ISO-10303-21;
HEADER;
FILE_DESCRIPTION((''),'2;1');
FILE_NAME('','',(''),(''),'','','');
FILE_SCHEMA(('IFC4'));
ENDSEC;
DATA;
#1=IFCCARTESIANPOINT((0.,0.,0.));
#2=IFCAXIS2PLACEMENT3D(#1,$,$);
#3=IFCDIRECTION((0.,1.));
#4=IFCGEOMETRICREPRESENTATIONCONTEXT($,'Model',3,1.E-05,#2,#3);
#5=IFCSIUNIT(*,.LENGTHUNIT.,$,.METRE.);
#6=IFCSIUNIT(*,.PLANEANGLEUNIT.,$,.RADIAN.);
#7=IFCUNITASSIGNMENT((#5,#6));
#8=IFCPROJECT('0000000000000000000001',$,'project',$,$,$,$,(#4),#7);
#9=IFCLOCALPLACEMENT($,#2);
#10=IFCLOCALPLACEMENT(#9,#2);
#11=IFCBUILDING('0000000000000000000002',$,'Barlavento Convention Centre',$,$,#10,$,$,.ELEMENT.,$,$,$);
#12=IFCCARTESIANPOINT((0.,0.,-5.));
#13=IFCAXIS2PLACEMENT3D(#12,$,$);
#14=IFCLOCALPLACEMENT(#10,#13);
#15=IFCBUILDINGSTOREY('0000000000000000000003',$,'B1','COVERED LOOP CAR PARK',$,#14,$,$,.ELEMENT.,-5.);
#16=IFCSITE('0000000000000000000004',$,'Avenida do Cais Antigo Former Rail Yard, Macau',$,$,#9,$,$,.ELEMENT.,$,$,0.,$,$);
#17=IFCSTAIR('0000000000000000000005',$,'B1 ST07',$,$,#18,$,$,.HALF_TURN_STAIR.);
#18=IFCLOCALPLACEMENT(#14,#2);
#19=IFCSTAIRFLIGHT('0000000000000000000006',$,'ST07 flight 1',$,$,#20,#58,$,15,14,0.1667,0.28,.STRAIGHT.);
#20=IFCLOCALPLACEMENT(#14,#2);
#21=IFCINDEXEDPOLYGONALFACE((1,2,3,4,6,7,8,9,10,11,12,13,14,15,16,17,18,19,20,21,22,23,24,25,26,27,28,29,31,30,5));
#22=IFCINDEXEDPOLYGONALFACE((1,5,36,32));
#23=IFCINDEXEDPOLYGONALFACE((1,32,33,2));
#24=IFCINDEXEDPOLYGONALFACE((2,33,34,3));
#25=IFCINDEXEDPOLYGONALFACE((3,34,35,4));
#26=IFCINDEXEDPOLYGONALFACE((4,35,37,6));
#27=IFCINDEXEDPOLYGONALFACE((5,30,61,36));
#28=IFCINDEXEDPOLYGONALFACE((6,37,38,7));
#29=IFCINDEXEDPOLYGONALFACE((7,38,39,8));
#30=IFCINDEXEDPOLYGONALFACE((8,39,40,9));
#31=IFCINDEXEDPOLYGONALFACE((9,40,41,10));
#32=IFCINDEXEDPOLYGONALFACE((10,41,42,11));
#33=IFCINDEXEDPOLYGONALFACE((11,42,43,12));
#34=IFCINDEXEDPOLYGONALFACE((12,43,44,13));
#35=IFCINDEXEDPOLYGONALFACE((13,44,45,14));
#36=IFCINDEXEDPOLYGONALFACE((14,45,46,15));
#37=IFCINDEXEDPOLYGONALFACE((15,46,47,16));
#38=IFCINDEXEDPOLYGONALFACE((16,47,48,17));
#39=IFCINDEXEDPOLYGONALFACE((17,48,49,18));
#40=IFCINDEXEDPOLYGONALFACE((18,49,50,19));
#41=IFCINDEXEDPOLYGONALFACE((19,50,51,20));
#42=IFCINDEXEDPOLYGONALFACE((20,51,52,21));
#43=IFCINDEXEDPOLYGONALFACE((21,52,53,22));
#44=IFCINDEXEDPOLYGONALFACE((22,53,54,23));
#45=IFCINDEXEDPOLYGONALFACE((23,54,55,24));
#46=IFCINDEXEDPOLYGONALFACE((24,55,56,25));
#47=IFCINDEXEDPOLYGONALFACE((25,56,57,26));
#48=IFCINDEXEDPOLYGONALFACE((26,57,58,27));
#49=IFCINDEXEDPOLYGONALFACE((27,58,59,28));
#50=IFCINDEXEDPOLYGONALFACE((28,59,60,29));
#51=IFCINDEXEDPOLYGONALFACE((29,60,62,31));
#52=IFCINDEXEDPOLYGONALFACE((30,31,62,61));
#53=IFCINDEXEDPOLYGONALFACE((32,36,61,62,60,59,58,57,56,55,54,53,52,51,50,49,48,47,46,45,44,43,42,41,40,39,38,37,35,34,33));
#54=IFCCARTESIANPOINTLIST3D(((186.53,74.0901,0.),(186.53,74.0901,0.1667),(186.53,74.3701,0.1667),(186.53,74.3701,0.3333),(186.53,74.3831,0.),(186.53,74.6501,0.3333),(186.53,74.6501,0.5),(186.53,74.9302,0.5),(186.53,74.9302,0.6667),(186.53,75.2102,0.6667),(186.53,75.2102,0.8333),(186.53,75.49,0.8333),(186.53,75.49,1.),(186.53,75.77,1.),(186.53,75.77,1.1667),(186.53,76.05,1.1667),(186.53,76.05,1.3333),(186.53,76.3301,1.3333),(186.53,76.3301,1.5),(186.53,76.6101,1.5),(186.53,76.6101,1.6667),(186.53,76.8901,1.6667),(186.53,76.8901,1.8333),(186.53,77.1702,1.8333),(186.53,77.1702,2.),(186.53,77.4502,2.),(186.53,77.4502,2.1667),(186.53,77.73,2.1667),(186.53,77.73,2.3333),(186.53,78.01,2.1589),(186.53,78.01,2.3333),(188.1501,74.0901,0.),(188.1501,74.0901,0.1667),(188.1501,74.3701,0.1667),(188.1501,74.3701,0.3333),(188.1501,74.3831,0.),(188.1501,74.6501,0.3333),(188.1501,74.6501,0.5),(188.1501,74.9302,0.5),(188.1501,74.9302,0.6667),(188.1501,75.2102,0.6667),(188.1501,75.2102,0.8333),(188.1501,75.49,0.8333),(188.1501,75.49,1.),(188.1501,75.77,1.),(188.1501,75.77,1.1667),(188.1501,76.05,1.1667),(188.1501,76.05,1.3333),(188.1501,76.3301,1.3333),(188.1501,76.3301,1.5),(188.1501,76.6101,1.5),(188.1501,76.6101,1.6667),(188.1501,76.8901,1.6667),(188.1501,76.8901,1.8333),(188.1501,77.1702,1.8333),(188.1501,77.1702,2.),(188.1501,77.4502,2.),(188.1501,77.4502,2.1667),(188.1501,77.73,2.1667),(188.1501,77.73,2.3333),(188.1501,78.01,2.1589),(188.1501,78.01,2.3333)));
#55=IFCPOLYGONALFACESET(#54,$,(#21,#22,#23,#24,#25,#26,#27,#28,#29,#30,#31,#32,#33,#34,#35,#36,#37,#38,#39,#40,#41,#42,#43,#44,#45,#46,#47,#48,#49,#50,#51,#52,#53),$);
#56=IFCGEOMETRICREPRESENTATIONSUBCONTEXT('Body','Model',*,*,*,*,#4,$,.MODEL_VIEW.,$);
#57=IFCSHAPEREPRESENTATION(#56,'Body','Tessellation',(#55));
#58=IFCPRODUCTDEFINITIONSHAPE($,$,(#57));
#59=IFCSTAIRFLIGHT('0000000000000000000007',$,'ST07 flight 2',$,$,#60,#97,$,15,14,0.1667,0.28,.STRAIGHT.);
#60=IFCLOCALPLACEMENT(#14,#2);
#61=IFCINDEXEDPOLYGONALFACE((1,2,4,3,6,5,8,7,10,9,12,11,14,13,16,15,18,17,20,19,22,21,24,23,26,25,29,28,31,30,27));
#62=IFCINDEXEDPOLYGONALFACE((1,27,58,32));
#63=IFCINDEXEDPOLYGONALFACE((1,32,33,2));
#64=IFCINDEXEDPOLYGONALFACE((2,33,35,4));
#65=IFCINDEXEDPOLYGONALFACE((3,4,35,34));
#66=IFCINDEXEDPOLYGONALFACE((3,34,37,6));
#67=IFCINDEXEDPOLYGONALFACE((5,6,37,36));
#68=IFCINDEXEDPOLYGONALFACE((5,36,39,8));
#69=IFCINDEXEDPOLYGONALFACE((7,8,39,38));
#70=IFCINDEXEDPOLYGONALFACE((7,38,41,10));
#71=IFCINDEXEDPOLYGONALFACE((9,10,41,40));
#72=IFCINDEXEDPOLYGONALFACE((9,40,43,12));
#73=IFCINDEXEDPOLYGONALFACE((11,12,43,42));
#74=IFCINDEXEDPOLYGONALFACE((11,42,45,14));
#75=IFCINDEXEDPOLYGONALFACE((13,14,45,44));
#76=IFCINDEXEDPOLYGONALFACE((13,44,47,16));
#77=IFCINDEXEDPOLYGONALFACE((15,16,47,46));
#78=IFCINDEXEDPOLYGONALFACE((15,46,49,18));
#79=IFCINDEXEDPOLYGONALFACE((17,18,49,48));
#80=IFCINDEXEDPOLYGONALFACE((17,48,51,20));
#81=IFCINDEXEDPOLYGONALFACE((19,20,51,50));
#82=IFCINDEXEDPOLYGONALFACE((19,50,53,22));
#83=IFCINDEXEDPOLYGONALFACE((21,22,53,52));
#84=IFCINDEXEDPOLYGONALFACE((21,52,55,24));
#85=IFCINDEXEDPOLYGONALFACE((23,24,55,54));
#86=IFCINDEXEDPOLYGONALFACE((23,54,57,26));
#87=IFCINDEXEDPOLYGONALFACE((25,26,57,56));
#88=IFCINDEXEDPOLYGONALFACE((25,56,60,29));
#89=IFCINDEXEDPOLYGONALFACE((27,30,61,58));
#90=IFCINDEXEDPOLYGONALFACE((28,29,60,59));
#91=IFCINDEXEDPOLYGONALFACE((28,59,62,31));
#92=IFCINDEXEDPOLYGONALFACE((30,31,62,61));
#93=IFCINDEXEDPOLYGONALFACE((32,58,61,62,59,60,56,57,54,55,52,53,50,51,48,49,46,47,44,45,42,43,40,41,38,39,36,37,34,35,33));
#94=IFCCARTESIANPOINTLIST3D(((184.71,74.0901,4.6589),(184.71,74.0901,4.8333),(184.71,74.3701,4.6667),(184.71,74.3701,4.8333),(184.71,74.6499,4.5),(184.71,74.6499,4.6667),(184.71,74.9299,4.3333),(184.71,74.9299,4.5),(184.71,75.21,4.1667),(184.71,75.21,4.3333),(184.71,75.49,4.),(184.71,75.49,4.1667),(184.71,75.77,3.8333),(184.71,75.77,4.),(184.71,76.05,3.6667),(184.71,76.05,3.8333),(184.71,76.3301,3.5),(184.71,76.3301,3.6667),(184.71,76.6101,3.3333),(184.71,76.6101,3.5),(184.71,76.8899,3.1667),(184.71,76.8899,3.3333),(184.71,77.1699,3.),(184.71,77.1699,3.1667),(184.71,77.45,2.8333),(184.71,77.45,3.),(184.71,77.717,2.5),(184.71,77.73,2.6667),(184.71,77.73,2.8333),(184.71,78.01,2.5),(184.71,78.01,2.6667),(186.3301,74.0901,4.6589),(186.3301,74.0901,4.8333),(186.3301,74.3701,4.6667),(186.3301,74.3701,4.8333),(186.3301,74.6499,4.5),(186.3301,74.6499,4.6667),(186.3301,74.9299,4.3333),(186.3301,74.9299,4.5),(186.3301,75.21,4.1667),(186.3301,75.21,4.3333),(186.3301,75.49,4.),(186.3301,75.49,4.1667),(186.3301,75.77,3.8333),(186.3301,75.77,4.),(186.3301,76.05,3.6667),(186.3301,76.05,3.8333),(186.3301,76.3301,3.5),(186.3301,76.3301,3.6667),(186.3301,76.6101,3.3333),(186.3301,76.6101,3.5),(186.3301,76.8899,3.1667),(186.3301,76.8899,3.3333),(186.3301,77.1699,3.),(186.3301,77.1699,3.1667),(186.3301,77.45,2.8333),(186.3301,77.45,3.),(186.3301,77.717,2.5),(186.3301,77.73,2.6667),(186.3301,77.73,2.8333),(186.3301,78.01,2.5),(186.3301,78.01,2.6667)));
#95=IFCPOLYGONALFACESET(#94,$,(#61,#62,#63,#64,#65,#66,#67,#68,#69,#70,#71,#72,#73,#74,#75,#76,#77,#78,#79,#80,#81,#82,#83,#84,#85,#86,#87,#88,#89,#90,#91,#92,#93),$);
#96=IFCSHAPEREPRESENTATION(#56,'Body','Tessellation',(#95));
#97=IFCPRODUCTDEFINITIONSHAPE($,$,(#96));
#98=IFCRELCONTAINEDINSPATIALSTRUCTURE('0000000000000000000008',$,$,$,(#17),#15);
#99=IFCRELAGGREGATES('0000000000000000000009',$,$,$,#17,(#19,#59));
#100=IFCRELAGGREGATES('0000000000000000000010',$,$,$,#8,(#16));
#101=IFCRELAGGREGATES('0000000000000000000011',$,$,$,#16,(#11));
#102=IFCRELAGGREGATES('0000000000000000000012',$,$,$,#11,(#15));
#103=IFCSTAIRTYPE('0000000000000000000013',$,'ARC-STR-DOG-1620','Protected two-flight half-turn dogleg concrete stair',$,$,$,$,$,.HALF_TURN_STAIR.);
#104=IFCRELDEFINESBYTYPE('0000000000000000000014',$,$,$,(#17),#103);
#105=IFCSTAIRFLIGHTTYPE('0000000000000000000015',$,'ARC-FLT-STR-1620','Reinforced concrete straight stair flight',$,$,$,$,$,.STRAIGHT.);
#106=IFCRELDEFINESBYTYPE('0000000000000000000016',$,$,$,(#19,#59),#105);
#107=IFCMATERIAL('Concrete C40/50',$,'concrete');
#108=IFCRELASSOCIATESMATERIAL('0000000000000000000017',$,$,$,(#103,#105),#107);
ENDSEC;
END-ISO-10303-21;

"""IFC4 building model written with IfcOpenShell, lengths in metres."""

from ifc_helpers import new_model, si_unit, direction, frame, origin, place, context, subcontext, project, spatial, polyline, outline, extrude, material, type_object, element, aggregate, save


model = new_model("IFC4")

# Units and contexts
model_context = context("Model", 3, precision=1e-05, world=origin(), true_north=direction((0.0, 1.0)))
body_context = subcontext(model_context, "Body", "Model", "MODEL_VIEW")
ifc_project = project(units=[si_unit("LENGTHUNIT", "METRE"), si_unit("PLANEANGLEUNIT", "RADIAN")], contexts=[model_context])

# Site, building, storey
site_placement = place(None, origin())
site = spatial("IfcSite", under=ifc_project, at=site_placement, Name="Avenida do Cais Antigo Former Rail Yard, Macau", CompositionType="ELEMENT", RefElevation=0.0)
building_placement = place(site_placement, origin())
building = spatial("IfcBuilding", under=site, at=building_placement, Name="Barlavento Convention Centre", CompositionType="ELEMENT")
storey_placement = place(building_placement, frame((0.0, 0.0, -5.0)))
storey = spatial("IfcBuildingStorey", under=building, at=storey_placement, Name="B1", Description="COVERED LOOP CAR PARK", CompositionType="ELEMENT", Elevation=-5.0)

# Shared definitions
ifc_material_1 = material(Name="Concrete C40/50", Category="concrete")

# Stair, stair flights
stair_type = type_object("IfcStairType", Name="ARC-STR-DOG-1620", Description="Protected two-flight half-turn dogleg concrete stair", PredefinedType="HALF_TURN_STAIR", material=ifc_material_1)
stair_placement = place(storey_placement, origin())
stair = element("IfcStair", 1, at=stair_placement, inside=storey, type_object=stair_type, Name="B1 ST07", PredefinedType="HALF_TURN_STAIR")
stair_flight_type = type_object("IfcStairFlightType", Name="ARC-FLT-STR-1620", Description="Reinforced concrete straight stair flight", PredefinedType="STRAIGHT", material=ifc_material_1)
stair_flight_1_placement = place(storey_placement, frame((187.3401, 74.0901, 0.0), z_axis=(0.0, 0.0, 1.0), x_axis=(0.0, 1.0, 0.0)))
stair_flight_1 = element("IfcStairFlight", 2, at=stair_flight_1_placement, type_object=stair_flight_type, Name="ST07 flight 1", NumberOfRisers=15, NumberOfTreads=14, PredefinedType="STRAIGHT", RiserHeight=0.1667, TreadLength=0.28, context=body_context, shape_type="SweptSolid", body=[
    extrude(outline(polyline([(0.0, 0.0), (0.0, 0.1667), (0.28, 0.1667), (0.28, 0.3333), (0.5601, 0.3333), (0.5601, 0.5), (0.8401, 0.5), (0.8401, 0.6667), (1.1201, 0.6667), (1.1201, 0.8333), (1.3999, 0.8333), (1.3999, 1.0), (1.6799, 1.0), (1.6799, 1.1667), (1.96, 1.1667), (1.96, 1.3333), (2.24, 1.3333), (2.24, 1.5), (2.52, 1.5), (2.52, 1.6667), (2.8, 1.6667), (2.8, 1.8333), (3.0801, 1.8333), (3.0801, 2.0), (3.3601, 2.0), (3.3601, 2.1667), (3.6399, 2.1667), (3.6399, 2.3333), (3.9199, 2.3333), (3.9199, 2.5), (3.9199, 2.1589), (0.293, 0.0), (0.0, 0.0)])), frame((0.0, 0.8101, 0.0), z_axis=(0.0, -1.0, 0.0), x_axis=(1.0, 0.0, 0.0)), (0.0, 0.0, 1.0), 1.6201),
])
stair_flight_2_placement = place(storey_placement, frame((185.52, 78.01, 2.5), z_axis=(0.0, 0.0, 1.0), x_axis=(0.0, -1.0, 0.0)))
stair_flight_2 = element("IfcStairFlight", 3, at=stair_flight_2_placement, type_object=stair_flight_type, Name="ST07 flight 2", NumberOfRisers=15, NumberOfTreads=14, PredefinedType="STRAIGHT", RiserHeight=0.1667, TreadLength=0.28, context=body_context, shape_type="SweptSolid", body=[
    extrude(outline(polyline([(0.0, 0.0), (0.0, 0.1667), (0.28, 0.1667), (0.28, 0.3333), (0.5601, 0.3333), (0.5601, 0.5), (0.8401, 0.5), (0.8401, 0.6667), (1.1201, 0.6667), (1.1201, 0.8333), (1.3999, 0.8333), (1.3999, 1.0), (1.6799, 1.0), (1.6799, 1.1667), (1.96, 1.1667), (1.96, 1.3333), (2.24, 1.3333), (2.24, 1.5), (2.52, 1.5), (2.52, 1.6667), (2.8, 1.6667), (2.8, 1.8333), (3.0801, 1.8333), (3.0801, 2.0), (3.3601, 2.0), (3.3601, 2.1667), (3.6399, 2.1667), (3.6399, 2.3333), (3.9199, 2.3333), (3.9199, 2.5), (3.9199, 2.1589), (0.293, 0.0), (0.0, 0.0)])), frame((0.0, 0.8101, 0.0), z_axis=(0.0, -1.0, 0.0), x_axis=(1.0, 0.0, 0.0)), (0.0, 0.0, 1.0), 1.6201),
])
aggregate(stair, [stair_flight_1, stair_flight_2])

save(model, "model.ifc")
